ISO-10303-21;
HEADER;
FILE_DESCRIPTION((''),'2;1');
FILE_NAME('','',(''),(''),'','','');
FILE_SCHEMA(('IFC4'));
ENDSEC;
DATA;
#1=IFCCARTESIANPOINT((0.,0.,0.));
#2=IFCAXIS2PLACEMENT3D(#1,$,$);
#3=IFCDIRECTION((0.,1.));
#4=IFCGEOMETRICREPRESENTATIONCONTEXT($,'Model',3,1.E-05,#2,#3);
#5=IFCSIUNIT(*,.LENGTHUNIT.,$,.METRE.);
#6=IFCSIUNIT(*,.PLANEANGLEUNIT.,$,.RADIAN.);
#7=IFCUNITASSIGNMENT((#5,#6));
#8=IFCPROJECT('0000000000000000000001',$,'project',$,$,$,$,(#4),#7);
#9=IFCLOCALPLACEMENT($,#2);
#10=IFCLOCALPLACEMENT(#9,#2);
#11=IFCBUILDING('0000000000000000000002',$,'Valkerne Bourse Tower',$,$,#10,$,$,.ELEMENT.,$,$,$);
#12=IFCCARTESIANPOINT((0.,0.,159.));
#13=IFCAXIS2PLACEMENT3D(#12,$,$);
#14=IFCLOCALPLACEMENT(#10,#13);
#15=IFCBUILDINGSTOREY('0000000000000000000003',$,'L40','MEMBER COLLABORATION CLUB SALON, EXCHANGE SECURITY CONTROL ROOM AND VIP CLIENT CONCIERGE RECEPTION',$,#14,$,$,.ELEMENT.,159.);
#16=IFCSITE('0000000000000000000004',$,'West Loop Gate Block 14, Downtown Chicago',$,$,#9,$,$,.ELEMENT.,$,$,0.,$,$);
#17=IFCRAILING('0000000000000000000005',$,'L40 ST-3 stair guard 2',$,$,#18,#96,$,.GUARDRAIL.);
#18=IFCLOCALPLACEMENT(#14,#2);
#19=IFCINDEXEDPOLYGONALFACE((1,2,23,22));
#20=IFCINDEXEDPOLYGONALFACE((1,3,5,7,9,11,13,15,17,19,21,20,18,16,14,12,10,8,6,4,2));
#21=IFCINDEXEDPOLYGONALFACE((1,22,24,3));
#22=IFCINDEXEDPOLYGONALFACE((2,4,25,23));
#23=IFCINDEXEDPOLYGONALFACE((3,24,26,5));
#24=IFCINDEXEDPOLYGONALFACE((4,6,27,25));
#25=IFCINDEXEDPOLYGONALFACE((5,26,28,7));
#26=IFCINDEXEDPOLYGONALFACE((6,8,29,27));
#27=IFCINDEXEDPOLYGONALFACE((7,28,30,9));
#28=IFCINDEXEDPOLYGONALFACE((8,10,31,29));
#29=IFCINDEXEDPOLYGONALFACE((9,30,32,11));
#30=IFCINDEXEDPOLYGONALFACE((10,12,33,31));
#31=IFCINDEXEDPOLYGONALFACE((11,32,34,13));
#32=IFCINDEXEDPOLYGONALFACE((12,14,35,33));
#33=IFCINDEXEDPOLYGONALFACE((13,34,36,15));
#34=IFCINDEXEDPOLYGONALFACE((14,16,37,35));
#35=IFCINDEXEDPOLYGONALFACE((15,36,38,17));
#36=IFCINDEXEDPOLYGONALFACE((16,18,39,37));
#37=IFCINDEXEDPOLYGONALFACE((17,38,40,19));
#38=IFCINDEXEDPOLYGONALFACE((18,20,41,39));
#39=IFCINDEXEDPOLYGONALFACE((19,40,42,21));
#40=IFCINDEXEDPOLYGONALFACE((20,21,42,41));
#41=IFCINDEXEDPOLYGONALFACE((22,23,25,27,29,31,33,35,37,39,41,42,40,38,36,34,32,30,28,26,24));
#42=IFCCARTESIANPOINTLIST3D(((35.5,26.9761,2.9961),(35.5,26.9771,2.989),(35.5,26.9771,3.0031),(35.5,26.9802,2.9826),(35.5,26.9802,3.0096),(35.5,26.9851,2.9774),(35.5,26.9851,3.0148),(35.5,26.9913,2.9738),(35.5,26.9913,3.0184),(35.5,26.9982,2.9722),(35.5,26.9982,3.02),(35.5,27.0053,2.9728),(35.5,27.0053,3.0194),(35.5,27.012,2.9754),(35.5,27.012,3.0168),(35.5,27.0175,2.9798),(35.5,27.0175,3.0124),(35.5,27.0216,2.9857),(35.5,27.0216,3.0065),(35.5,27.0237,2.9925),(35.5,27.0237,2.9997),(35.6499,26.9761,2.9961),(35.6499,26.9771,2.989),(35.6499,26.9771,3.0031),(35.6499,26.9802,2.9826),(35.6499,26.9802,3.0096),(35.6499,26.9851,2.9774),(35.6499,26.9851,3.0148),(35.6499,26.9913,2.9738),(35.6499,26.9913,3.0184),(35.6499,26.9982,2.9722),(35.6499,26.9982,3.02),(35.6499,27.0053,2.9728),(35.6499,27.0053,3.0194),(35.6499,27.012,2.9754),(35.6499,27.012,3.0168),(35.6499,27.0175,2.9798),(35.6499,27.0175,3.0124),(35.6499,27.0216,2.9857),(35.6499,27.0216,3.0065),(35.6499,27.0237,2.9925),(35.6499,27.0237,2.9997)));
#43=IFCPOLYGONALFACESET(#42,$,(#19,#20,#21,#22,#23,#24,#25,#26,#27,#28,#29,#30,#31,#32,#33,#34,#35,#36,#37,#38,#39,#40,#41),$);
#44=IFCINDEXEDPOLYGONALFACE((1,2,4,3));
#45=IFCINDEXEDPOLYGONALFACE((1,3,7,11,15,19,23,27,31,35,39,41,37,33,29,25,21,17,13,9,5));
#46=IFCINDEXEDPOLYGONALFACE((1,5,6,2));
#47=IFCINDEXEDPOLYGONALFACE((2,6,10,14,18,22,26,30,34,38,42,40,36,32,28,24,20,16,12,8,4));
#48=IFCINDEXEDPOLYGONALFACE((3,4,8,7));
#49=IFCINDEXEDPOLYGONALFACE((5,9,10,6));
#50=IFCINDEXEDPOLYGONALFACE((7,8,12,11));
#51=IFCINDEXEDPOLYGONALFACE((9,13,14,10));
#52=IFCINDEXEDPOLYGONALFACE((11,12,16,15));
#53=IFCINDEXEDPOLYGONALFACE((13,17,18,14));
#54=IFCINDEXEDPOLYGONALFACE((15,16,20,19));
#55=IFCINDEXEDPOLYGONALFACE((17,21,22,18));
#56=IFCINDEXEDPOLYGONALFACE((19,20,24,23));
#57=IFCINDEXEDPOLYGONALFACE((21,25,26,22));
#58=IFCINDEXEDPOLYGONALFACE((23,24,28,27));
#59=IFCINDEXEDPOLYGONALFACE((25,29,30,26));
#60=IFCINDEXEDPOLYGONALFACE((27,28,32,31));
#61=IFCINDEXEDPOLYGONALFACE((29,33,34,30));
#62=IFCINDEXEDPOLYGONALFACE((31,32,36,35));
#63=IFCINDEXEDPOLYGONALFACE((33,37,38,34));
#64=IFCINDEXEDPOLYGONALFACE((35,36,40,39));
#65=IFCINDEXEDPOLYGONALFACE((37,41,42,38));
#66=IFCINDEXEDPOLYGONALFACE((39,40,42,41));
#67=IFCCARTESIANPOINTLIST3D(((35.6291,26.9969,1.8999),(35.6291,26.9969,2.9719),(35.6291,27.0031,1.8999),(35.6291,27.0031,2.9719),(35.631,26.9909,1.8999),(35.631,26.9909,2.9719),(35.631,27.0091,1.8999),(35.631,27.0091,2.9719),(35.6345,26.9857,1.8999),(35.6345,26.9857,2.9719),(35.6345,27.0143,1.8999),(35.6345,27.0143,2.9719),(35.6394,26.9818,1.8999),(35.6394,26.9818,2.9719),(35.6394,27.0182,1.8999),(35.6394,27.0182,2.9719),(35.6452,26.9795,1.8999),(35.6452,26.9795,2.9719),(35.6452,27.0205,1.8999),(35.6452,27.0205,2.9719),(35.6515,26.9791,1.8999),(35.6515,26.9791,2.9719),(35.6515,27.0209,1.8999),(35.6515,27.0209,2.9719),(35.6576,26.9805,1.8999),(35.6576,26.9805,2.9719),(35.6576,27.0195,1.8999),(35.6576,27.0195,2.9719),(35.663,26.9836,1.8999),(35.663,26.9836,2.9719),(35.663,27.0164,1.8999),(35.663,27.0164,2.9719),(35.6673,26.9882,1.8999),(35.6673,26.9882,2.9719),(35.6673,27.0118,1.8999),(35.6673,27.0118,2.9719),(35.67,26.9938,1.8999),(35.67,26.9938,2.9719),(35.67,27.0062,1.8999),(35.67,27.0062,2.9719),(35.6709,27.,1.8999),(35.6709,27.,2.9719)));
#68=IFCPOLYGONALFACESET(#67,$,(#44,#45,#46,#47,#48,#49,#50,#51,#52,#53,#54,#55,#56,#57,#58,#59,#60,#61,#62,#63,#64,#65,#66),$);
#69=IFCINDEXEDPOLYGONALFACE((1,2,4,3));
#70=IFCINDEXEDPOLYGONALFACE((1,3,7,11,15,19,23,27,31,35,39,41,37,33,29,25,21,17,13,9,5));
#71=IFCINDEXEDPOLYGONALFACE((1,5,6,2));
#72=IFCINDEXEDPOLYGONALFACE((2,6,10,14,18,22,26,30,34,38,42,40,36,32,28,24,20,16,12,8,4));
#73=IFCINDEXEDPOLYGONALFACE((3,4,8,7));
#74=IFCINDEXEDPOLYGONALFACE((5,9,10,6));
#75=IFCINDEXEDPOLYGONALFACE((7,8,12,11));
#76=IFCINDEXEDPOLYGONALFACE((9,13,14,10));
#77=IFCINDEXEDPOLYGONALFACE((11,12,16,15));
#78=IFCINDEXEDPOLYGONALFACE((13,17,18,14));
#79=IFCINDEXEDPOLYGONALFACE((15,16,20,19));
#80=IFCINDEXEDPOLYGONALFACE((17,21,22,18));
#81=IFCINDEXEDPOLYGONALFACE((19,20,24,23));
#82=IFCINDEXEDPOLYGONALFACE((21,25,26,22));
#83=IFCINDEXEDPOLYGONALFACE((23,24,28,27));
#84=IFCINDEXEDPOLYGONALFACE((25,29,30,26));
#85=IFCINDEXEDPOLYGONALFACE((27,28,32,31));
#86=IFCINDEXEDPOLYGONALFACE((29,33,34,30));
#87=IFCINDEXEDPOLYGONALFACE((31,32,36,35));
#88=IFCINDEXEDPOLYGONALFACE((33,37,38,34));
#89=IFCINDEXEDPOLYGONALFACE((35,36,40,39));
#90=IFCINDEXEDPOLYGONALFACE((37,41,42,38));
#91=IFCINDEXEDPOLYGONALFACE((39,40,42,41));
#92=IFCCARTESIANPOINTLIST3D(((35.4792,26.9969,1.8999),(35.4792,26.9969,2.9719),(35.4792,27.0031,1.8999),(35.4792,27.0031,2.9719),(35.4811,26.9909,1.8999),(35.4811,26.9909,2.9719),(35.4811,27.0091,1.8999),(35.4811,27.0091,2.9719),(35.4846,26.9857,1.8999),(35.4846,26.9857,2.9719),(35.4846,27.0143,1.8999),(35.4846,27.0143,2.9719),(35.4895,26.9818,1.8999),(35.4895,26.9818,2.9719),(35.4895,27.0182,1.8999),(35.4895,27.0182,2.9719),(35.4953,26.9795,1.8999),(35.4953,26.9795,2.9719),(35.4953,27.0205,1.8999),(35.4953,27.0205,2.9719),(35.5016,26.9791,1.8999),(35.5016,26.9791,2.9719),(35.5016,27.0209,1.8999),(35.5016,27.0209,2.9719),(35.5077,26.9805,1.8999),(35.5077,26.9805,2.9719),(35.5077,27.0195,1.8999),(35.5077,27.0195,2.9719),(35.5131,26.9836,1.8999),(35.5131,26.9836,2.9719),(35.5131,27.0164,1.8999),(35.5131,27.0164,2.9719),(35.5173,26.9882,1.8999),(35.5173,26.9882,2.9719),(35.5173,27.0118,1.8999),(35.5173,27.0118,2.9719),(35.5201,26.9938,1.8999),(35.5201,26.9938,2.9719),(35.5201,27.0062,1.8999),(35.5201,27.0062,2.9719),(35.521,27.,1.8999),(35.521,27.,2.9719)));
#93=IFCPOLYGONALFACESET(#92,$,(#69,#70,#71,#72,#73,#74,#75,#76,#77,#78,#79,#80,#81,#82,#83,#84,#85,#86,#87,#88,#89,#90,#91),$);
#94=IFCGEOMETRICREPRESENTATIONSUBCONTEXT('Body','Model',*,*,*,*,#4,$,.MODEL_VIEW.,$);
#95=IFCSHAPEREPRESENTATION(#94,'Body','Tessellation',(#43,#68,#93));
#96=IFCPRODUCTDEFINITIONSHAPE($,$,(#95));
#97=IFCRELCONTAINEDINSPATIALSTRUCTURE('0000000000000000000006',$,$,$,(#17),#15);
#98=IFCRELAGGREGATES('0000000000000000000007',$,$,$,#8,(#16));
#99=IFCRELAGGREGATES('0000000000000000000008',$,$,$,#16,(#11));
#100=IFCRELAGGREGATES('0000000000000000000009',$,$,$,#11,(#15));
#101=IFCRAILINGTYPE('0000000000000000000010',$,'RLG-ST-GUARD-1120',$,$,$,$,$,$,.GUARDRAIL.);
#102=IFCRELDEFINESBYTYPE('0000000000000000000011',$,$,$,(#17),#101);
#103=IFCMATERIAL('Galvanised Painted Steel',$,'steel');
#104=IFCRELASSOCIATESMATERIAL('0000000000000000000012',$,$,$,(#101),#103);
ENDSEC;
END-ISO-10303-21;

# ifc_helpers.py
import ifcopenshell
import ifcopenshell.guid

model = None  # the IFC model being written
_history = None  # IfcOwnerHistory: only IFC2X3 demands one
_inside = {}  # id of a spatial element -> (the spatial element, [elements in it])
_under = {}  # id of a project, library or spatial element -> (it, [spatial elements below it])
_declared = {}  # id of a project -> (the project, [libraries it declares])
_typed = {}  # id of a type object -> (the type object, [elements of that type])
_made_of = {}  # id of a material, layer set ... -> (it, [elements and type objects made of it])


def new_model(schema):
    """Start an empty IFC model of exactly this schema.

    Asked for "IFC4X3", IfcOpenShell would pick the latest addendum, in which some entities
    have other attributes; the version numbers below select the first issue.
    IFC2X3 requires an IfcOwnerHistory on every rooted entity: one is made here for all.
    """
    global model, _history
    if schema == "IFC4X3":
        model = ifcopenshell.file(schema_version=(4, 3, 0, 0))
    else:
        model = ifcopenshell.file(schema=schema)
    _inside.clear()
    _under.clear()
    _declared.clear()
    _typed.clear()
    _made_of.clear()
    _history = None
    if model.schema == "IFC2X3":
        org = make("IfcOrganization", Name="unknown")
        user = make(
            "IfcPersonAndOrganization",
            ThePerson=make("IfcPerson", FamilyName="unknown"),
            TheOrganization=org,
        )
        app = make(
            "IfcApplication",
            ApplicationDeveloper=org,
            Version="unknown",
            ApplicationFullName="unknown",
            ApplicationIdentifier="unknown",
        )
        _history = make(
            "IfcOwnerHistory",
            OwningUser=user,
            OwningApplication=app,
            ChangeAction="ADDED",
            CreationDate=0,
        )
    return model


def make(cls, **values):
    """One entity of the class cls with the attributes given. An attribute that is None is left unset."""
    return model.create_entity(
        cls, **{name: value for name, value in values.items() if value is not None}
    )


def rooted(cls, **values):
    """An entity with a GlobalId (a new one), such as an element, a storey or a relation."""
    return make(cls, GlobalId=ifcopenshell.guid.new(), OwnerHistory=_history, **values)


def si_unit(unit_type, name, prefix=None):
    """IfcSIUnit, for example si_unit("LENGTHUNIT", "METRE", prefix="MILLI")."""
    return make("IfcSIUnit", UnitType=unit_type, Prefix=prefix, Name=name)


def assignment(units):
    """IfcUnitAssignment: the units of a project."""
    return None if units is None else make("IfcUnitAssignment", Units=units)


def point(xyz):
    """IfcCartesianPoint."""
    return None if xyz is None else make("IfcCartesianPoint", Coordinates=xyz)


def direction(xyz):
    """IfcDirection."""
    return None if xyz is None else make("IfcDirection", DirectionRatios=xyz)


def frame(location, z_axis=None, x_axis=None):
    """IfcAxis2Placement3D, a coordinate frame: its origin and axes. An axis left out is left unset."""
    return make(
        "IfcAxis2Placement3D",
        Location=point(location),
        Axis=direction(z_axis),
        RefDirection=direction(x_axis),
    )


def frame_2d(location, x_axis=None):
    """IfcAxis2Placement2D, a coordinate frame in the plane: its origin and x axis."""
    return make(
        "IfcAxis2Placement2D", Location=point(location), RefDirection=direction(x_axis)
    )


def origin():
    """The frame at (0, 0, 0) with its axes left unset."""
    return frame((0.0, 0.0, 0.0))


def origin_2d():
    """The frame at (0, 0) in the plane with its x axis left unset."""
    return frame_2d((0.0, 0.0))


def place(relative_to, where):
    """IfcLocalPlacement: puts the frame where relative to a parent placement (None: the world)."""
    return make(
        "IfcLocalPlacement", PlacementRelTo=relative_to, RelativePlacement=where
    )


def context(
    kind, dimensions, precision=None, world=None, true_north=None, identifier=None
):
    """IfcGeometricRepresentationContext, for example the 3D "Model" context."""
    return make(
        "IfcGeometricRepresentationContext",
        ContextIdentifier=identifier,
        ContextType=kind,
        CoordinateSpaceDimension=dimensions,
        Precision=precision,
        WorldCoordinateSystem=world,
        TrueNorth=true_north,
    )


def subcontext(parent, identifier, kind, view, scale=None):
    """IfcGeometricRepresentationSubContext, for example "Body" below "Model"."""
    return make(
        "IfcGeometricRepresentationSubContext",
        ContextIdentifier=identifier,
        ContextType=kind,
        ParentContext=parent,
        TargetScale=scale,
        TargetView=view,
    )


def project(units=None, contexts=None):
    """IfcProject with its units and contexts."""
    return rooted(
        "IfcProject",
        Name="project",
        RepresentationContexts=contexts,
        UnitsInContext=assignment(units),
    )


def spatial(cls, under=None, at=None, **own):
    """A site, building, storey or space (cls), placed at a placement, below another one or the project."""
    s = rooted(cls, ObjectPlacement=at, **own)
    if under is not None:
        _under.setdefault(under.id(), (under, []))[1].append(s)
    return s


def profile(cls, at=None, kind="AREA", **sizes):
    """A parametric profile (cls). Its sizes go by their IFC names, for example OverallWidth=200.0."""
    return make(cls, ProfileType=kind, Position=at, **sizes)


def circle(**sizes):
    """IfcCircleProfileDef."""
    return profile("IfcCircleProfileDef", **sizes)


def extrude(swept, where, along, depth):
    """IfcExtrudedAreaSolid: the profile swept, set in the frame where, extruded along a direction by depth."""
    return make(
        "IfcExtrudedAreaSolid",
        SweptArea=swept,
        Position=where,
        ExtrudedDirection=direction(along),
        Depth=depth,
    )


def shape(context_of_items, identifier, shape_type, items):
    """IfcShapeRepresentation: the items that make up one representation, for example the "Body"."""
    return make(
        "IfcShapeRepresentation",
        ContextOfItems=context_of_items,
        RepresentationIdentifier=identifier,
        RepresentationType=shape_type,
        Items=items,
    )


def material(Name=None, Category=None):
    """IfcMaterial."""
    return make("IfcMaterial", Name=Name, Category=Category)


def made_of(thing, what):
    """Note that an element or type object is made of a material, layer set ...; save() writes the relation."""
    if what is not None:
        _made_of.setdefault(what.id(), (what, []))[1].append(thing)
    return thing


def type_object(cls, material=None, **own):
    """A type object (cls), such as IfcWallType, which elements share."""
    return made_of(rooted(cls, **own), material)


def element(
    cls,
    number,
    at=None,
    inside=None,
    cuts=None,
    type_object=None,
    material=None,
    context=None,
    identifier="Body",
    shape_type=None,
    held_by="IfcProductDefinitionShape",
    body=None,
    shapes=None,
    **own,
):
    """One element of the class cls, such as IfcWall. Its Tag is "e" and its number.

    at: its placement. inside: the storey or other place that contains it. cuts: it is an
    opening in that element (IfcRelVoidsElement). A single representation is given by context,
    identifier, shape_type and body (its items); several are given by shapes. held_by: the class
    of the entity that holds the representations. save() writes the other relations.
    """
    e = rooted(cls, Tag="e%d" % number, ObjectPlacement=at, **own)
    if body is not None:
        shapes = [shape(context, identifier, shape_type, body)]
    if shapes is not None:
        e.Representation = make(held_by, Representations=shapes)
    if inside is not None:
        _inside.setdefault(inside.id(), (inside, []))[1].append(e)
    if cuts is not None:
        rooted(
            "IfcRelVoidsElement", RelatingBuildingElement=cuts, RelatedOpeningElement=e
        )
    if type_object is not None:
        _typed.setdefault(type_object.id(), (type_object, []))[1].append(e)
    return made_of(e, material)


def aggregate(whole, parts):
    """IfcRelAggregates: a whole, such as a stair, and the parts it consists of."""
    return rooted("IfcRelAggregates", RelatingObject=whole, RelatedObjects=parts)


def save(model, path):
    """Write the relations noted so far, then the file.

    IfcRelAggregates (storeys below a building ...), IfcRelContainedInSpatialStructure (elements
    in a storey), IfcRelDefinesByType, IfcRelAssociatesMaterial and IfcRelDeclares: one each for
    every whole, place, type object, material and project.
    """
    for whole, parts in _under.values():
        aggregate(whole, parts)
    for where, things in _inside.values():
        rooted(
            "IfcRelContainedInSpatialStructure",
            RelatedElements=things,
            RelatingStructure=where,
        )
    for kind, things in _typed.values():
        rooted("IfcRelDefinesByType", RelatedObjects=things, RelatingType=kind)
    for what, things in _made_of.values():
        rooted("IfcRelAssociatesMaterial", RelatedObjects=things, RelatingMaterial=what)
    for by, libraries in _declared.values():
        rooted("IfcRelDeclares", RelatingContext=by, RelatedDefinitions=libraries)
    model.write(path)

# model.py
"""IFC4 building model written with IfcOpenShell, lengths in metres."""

from ifc_helpers import new_model, si_unit, direction, frame, origin, origin_2d, place, context, subcontext, project, spatial, circle, extrude, material, type_object, element, save


model = new_model("IFC4")

# Units and contexts
model_context = context("Model", 3, precision=1e-05, world=origin(), true_north=direction((0.0, 1.0)))
body_context = subcontext(model_context, "Body", "Model", "MODEL_VIEW")
ifc_project = project(units=[si_unit("LENGTHUNIT", "METRE"), si_unit("PLANEANGLEUNIT", "RADIAN")], contexts=[model_context])

# Site, building, storey
site_placement = place(None, origin())
site = spatial("IfcSite", under=ifc_project, at=site_placement, Name="West Loop Gate Block 14, Downtown Chicago", CompositionType="ELEMENT", RefElevation=0.0)
building_placement = place(site_placement, origin())
building = spatial("IfcBuilding", under=site, at=building_placement, Name="Valkerne Bourse Tower", CompositionType="ELEMENT")
storey_placement = place(building_placement, frame((0.0, 0.0, 159.0)))
storey = spatial("IfcBuildingStorey", under=building, at=storey_placement, Name="L40", Description="MEMBER COLLABORATION CLUB SALON, EXCHANGE SECURITY CONTROL ROOM AND VIP CLIENT CONCIERGE RECEPTION", CompositionType="ELEMENT", Elevation=159.0)

# Railing
ifc_material_1 = material(Name="Galvanised Painted Steel", Category="steel")
railing_type_1 = type_object("IfcRailingType", Name="RLG-ST-GUARD-1120", PredefinedType="GUARDRAIL", material=ifc_material_1)
railing_1_placement = place(storey_placement, frame((35.6499, 27.0, 1.8999)))
element("IfcRailing", 1, at=railing_1_placement, inside=storey, type_object=railing_type_1, Name="L40 ST-3 stair guard 2", PredefinedType="GUARDRAIL", context=body_context, shape_type="SweptSolid", body=[
    extrude(circle(Radius=0.0239, at=origin_2d()), frame((0.0, 0.0, 1.0962), z_axis=(-1.0, 0.0, 0.0), x_axis=(0.0, -1.0, 0.0)), (0.0, 0.0, 1.0), 0.1499),
    extrude(circle(Radius=0.021, at=origin_2d()), origin(), (0.0, 0.0, 1.0), 1.072),
    extrude(circle(Radius=0.021, at=origin_2d()), frame((-0.1499, 0.0, 0.0)), (0.0, 0.0, 1.0), 1.072),
])

save(model, "model.ifc")
